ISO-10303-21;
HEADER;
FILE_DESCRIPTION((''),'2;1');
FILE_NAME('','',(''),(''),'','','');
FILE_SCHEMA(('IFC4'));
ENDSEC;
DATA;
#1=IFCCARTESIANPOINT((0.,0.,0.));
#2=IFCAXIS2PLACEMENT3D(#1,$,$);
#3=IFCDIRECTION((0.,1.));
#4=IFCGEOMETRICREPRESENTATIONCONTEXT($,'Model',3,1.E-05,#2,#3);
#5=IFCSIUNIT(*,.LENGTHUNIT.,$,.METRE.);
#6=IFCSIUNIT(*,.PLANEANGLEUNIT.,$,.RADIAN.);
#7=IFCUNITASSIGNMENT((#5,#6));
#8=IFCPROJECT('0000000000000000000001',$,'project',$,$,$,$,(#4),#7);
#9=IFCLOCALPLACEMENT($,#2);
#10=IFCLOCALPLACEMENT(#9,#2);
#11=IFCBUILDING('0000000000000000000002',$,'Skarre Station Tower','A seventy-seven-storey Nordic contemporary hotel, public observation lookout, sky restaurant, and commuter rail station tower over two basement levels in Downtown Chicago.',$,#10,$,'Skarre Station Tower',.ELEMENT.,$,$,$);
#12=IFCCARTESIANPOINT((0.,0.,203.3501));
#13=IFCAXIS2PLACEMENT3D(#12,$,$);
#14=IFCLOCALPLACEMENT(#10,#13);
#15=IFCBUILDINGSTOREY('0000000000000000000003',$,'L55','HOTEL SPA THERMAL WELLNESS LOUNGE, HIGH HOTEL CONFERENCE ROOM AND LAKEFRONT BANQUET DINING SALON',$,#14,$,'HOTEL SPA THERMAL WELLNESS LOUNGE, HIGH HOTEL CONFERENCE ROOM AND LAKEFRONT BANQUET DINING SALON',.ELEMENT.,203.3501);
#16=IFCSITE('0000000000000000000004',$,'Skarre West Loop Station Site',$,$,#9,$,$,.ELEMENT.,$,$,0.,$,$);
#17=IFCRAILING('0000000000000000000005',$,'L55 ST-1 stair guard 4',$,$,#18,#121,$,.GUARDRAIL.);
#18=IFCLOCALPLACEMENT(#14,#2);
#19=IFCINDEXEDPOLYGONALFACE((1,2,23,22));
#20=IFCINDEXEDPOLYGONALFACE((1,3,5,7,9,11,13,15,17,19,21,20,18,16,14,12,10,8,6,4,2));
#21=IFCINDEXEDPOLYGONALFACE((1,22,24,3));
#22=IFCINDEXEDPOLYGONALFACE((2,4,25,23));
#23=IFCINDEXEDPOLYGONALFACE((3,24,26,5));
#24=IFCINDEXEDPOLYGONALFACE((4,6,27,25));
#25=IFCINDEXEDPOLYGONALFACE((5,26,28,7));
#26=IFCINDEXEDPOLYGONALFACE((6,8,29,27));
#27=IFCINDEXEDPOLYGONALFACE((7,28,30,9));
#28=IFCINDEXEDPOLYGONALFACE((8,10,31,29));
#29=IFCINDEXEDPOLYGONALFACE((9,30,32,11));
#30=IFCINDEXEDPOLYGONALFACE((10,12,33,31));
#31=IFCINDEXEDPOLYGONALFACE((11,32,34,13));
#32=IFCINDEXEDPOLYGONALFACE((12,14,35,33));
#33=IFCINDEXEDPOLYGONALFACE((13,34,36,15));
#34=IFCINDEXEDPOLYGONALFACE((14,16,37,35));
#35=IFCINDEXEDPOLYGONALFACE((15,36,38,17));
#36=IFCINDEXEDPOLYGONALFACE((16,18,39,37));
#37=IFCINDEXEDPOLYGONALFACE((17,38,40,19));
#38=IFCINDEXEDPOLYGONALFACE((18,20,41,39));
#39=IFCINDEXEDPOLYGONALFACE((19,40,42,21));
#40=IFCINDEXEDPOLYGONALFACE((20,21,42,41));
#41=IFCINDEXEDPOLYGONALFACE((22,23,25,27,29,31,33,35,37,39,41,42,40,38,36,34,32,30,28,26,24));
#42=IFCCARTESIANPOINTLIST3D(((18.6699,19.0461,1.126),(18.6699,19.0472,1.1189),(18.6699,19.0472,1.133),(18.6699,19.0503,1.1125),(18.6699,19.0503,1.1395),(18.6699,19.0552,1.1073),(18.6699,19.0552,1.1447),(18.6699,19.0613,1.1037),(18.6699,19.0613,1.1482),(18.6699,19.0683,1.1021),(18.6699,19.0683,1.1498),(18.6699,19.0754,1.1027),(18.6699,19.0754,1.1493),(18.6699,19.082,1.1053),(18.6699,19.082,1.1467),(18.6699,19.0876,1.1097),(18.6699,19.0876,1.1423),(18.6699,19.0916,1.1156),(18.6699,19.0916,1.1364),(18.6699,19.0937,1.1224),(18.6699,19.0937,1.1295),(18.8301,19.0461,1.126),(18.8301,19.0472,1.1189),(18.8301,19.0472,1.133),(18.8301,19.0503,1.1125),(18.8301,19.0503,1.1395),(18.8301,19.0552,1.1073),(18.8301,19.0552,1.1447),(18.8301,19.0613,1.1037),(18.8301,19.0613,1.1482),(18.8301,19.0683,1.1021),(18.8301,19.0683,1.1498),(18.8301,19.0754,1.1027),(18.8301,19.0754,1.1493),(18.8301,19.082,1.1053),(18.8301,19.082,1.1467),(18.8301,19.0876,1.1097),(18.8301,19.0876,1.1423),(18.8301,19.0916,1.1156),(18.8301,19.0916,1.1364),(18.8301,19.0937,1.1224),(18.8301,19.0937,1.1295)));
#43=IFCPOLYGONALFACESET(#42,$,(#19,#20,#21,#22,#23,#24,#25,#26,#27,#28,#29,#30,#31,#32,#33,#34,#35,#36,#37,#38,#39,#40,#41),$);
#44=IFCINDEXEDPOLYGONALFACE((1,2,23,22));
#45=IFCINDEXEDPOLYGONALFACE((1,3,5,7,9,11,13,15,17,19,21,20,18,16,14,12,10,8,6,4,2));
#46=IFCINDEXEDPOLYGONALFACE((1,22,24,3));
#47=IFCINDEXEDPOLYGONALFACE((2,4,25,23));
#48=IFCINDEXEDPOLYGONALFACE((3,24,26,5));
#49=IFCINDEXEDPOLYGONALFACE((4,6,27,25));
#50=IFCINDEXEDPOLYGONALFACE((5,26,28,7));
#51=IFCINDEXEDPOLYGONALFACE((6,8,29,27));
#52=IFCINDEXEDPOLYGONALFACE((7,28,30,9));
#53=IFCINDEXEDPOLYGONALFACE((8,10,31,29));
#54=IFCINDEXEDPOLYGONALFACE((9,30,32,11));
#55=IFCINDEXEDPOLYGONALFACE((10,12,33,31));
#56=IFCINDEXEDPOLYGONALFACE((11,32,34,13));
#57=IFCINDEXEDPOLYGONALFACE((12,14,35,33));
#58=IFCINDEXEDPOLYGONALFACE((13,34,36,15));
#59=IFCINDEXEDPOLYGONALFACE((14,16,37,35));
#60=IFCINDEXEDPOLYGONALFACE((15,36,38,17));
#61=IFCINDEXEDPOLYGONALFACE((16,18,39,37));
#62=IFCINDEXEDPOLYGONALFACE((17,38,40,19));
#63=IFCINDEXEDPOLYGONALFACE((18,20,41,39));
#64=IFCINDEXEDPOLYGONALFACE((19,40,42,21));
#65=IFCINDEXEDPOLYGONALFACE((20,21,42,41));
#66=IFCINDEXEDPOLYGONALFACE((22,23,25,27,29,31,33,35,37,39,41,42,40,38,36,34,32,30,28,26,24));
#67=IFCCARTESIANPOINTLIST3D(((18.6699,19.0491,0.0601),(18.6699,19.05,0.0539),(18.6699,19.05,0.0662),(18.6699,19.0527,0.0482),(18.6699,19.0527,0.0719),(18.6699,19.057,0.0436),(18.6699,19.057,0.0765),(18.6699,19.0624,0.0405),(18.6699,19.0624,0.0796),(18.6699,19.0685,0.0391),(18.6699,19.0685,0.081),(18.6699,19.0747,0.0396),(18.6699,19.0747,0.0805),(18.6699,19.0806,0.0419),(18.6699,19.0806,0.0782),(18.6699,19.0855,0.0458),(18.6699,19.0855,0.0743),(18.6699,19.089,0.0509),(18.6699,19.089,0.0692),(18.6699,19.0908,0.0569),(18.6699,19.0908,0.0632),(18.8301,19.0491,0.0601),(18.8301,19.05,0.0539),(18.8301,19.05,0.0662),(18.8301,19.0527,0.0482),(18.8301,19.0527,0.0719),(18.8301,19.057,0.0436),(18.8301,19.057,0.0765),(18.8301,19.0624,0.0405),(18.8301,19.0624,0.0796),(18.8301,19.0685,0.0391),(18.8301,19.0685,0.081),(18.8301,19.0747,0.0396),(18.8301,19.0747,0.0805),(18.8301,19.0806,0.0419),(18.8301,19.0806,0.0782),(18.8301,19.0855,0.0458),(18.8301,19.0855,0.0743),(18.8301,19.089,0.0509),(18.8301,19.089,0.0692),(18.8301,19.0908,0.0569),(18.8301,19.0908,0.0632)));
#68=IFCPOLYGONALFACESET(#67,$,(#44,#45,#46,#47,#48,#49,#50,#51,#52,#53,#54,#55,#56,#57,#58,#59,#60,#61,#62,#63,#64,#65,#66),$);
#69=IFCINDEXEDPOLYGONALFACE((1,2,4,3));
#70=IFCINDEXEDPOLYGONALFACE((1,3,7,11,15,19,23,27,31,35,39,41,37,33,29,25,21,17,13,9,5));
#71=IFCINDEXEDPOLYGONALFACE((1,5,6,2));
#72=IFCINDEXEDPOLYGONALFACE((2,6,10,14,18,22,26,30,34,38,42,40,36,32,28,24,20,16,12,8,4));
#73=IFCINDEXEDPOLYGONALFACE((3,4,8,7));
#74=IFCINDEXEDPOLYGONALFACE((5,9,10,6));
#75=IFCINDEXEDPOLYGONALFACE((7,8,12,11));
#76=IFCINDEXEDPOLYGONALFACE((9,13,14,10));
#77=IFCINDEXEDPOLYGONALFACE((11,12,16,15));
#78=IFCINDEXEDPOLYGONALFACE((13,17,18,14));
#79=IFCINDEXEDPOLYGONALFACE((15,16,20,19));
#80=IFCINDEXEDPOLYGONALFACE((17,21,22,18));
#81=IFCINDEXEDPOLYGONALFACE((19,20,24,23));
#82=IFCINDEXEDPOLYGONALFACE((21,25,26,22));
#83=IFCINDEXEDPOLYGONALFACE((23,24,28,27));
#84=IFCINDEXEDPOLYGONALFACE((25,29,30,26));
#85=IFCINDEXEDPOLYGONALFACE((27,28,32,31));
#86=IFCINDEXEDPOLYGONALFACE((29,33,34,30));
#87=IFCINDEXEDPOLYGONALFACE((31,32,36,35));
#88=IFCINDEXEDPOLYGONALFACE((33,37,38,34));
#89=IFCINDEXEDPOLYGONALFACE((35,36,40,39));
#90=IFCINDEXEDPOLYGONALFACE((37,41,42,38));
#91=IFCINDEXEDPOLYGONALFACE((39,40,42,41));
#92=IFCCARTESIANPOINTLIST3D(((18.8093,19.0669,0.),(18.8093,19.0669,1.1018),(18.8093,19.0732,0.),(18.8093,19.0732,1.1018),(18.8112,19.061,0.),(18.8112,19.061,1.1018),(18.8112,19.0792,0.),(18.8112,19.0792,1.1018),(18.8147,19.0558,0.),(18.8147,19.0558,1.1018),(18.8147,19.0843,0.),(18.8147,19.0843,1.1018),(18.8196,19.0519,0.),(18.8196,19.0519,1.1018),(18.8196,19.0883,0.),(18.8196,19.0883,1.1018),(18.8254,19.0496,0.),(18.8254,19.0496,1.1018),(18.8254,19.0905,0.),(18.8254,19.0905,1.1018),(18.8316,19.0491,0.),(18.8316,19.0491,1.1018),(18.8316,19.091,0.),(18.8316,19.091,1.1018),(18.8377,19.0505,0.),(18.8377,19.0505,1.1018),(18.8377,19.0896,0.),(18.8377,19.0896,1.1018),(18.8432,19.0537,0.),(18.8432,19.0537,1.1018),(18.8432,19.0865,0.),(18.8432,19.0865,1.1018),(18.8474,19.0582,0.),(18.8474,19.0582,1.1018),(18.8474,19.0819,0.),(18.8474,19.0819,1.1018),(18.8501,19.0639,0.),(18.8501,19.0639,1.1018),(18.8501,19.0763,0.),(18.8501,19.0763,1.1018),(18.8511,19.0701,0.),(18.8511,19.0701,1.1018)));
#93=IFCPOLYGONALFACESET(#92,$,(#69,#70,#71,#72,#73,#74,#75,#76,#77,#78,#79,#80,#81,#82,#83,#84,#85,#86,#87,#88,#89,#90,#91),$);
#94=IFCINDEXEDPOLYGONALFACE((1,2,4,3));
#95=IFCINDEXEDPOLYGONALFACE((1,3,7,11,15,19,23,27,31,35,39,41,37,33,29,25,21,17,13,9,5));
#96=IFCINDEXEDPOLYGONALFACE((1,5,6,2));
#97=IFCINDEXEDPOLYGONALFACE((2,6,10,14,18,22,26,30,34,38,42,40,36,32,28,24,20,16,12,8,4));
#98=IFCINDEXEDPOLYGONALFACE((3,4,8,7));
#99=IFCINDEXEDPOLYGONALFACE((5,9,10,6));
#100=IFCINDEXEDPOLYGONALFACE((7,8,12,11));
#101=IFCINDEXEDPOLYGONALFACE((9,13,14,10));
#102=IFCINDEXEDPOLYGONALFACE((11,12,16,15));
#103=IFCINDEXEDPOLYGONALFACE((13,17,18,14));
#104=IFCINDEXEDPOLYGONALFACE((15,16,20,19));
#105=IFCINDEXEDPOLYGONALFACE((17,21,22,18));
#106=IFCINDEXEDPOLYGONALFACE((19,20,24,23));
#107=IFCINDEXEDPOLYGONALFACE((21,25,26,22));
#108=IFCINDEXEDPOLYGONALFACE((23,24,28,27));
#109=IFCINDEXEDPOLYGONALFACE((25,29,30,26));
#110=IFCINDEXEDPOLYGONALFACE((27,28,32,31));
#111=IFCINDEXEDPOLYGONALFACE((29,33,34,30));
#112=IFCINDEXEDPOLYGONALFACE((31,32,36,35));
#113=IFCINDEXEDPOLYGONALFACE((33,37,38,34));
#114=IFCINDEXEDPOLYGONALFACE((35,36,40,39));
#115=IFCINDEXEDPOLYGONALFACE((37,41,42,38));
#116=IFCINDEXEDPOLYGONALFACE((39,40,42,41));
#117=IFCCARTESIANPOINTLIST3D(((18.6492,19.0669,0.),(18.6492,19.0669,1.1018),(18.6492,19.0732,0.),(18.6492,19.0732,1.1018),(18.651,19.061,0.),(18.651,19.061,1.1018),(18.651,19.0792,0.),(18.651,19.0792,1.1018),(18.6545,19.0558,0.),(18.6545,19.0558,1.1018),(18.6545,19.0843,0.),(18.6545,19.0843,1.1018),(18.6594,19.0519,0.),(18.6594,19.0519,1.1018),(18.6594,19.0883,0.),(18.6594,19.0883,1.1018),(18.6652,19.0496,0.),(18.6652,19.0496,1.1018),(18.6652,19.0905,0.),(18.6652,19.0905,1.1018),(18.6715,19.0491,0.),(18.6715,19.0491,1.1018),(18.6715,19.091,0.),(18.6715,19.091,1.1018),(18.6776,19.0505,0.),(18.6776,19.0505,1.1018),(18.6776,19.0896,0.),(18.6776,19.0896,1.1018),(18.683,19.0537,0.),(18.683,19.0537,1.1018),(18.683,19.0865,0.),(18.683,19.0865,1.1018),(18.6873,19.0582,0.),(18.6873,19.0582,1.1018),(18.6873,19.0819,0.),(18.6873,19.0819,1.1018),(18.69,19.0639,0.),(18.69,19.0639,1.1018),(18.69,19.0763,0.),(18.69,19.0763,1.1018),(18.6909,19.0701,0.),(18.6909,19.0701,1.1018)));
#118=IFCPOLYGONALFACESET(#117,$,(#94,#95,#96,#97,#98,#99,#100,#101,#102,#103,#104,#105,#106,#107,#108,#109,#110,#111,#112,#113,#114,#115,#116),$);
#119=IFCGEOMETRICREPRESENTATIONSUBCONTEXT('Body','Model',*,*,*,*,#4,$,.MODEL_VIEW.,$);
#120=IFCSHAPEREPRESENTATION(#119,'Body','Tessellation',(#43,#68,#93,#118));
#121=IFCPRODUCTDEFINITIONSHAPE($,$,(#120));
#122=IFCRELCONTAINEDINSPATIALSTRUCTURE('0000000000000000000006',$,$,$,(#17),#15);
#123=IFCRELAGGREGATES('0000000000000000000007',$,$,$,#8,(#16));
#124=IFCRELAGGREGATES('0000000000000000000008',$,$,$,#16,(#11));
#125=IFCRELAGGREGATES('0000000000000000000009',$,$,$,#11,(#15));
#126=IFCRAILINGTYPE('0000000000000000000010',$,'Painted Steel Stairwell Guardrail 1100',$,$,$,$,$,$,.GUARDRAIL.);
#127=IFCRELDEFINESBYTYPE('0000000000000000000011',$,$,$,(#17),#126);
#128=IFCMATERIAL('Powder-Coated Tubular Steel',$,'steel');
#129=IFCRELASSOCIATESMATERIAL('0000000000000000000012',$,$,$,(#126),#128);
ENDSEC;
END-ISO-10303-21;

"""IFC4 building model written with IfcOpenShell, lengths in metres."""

from ifc_helpers import new_model, si_unit, direction, frame, origin, origin_2d, place, context, subcontext, project, spatial, circle, extrude, material, type_object, element, save


model = new_model("IFC4")

# Units and contexts
model_context = context("Model", 3, precision=1e-05, world=origin(), true_north=direction((0.0, 1.0)))
body_context = subcontext(model_context, "Body", "Model", "MODEL_VIEW")
ifc_project = project(units=[si_unit("LENGTHUNIT", "METRE"), si_unit("PLANEANGLEUNIT", "RADIAN")], contexts=[model_context])

# Site, building, storey
site_placement = place(None, origin())
site = spatial("IfcSite", under=ifc_project, at=site_placement, Name="Skarre West Loop Station Site", CompositionType="ELEMENT", RefElevation=0.0)
building_placement = place(site_placement, origin())
building = spatial("IfcBuilding", under=site, at=building_placement, Name="Skarre Station Tower", Description="A seventy-seven-storey Nordic contemporary hotel, public observation lookout, sky restaurant, and commuter rail station tower over two basement levels in Downtown Chicago.", LongName="Skarre Station Tower", CompositionType="ELEMENT")
storey_placement = place(building_placement, frame((0.0, 0.0, 203.3501)))
storey = spatial("IfcBuildingStorey", under=building, at=storey_placement, Name="L55", Description="HOTEL SPA THERMAL WELLNESS LOUNGE, HIGH HOTEL CONFERENCE ROOM AND LAKEFRONT BANQUET DINING SALON", LongName="HOTEL SPA THERMAL WELLNESS LOUNGE, HIGH HOTEL CONFERENCE ROOM AND LAKEFRONT BANQUET DINING SALON", CompositionType="ELEMENT", Elevation=203.3501)

# Railing
ifc_material_1 = material(Name="Powder-Coated Tubular Steel", Category="steel")
railing_type_1 = type_object("IfcRailingType", Name="Painted Steel Stairwell Guardrail 1100", PredefinedType="GUARDRAIL", material=ifc_material_1)
railing_1_placement = place(storey_placement, frame((18.8301, 19.0701, 0.0)))
element("IfcRailing", 1, at=railing_1_placement, inside=storey, type_object=railing_type_1, Name="L55 ST-1 stair guard 4", PredefinedType="GUARDRAIL", context=body_context, shape_type="SweptSolid", body=[
    extrude(circle(Radius=0.0239, at=origin_2d()), frame((0.0, 0.0, 1.126), z_axis=(-1.0, 0.0, 0.0), x_axis=(0.0, -1.0, 0.0)), (0.0, 0.0, 1.0), 0.1602),
    extrude(circle(Radius=0.021, at=origin_2d()), frame((0.0, 0.0, 0.0601), z_axis=(-1.0, 0.0, 0.0), x_axis=(0.0, -1.0, 0.0)), (0.0, 0.0, 1.0), 0.1602),
    extrude(circle(Radius=0.021, at=origin_2d()), origin(), (0.0, 0.0, 1.0), 1.1018),
    extrude(circle(Radius=0.021, at=origin_2d()), frame((-0.1602, 0.0, 0.0)), (0.0, 0.0, 1.0), 1.1018),
])

save(model, "model.ifc")
